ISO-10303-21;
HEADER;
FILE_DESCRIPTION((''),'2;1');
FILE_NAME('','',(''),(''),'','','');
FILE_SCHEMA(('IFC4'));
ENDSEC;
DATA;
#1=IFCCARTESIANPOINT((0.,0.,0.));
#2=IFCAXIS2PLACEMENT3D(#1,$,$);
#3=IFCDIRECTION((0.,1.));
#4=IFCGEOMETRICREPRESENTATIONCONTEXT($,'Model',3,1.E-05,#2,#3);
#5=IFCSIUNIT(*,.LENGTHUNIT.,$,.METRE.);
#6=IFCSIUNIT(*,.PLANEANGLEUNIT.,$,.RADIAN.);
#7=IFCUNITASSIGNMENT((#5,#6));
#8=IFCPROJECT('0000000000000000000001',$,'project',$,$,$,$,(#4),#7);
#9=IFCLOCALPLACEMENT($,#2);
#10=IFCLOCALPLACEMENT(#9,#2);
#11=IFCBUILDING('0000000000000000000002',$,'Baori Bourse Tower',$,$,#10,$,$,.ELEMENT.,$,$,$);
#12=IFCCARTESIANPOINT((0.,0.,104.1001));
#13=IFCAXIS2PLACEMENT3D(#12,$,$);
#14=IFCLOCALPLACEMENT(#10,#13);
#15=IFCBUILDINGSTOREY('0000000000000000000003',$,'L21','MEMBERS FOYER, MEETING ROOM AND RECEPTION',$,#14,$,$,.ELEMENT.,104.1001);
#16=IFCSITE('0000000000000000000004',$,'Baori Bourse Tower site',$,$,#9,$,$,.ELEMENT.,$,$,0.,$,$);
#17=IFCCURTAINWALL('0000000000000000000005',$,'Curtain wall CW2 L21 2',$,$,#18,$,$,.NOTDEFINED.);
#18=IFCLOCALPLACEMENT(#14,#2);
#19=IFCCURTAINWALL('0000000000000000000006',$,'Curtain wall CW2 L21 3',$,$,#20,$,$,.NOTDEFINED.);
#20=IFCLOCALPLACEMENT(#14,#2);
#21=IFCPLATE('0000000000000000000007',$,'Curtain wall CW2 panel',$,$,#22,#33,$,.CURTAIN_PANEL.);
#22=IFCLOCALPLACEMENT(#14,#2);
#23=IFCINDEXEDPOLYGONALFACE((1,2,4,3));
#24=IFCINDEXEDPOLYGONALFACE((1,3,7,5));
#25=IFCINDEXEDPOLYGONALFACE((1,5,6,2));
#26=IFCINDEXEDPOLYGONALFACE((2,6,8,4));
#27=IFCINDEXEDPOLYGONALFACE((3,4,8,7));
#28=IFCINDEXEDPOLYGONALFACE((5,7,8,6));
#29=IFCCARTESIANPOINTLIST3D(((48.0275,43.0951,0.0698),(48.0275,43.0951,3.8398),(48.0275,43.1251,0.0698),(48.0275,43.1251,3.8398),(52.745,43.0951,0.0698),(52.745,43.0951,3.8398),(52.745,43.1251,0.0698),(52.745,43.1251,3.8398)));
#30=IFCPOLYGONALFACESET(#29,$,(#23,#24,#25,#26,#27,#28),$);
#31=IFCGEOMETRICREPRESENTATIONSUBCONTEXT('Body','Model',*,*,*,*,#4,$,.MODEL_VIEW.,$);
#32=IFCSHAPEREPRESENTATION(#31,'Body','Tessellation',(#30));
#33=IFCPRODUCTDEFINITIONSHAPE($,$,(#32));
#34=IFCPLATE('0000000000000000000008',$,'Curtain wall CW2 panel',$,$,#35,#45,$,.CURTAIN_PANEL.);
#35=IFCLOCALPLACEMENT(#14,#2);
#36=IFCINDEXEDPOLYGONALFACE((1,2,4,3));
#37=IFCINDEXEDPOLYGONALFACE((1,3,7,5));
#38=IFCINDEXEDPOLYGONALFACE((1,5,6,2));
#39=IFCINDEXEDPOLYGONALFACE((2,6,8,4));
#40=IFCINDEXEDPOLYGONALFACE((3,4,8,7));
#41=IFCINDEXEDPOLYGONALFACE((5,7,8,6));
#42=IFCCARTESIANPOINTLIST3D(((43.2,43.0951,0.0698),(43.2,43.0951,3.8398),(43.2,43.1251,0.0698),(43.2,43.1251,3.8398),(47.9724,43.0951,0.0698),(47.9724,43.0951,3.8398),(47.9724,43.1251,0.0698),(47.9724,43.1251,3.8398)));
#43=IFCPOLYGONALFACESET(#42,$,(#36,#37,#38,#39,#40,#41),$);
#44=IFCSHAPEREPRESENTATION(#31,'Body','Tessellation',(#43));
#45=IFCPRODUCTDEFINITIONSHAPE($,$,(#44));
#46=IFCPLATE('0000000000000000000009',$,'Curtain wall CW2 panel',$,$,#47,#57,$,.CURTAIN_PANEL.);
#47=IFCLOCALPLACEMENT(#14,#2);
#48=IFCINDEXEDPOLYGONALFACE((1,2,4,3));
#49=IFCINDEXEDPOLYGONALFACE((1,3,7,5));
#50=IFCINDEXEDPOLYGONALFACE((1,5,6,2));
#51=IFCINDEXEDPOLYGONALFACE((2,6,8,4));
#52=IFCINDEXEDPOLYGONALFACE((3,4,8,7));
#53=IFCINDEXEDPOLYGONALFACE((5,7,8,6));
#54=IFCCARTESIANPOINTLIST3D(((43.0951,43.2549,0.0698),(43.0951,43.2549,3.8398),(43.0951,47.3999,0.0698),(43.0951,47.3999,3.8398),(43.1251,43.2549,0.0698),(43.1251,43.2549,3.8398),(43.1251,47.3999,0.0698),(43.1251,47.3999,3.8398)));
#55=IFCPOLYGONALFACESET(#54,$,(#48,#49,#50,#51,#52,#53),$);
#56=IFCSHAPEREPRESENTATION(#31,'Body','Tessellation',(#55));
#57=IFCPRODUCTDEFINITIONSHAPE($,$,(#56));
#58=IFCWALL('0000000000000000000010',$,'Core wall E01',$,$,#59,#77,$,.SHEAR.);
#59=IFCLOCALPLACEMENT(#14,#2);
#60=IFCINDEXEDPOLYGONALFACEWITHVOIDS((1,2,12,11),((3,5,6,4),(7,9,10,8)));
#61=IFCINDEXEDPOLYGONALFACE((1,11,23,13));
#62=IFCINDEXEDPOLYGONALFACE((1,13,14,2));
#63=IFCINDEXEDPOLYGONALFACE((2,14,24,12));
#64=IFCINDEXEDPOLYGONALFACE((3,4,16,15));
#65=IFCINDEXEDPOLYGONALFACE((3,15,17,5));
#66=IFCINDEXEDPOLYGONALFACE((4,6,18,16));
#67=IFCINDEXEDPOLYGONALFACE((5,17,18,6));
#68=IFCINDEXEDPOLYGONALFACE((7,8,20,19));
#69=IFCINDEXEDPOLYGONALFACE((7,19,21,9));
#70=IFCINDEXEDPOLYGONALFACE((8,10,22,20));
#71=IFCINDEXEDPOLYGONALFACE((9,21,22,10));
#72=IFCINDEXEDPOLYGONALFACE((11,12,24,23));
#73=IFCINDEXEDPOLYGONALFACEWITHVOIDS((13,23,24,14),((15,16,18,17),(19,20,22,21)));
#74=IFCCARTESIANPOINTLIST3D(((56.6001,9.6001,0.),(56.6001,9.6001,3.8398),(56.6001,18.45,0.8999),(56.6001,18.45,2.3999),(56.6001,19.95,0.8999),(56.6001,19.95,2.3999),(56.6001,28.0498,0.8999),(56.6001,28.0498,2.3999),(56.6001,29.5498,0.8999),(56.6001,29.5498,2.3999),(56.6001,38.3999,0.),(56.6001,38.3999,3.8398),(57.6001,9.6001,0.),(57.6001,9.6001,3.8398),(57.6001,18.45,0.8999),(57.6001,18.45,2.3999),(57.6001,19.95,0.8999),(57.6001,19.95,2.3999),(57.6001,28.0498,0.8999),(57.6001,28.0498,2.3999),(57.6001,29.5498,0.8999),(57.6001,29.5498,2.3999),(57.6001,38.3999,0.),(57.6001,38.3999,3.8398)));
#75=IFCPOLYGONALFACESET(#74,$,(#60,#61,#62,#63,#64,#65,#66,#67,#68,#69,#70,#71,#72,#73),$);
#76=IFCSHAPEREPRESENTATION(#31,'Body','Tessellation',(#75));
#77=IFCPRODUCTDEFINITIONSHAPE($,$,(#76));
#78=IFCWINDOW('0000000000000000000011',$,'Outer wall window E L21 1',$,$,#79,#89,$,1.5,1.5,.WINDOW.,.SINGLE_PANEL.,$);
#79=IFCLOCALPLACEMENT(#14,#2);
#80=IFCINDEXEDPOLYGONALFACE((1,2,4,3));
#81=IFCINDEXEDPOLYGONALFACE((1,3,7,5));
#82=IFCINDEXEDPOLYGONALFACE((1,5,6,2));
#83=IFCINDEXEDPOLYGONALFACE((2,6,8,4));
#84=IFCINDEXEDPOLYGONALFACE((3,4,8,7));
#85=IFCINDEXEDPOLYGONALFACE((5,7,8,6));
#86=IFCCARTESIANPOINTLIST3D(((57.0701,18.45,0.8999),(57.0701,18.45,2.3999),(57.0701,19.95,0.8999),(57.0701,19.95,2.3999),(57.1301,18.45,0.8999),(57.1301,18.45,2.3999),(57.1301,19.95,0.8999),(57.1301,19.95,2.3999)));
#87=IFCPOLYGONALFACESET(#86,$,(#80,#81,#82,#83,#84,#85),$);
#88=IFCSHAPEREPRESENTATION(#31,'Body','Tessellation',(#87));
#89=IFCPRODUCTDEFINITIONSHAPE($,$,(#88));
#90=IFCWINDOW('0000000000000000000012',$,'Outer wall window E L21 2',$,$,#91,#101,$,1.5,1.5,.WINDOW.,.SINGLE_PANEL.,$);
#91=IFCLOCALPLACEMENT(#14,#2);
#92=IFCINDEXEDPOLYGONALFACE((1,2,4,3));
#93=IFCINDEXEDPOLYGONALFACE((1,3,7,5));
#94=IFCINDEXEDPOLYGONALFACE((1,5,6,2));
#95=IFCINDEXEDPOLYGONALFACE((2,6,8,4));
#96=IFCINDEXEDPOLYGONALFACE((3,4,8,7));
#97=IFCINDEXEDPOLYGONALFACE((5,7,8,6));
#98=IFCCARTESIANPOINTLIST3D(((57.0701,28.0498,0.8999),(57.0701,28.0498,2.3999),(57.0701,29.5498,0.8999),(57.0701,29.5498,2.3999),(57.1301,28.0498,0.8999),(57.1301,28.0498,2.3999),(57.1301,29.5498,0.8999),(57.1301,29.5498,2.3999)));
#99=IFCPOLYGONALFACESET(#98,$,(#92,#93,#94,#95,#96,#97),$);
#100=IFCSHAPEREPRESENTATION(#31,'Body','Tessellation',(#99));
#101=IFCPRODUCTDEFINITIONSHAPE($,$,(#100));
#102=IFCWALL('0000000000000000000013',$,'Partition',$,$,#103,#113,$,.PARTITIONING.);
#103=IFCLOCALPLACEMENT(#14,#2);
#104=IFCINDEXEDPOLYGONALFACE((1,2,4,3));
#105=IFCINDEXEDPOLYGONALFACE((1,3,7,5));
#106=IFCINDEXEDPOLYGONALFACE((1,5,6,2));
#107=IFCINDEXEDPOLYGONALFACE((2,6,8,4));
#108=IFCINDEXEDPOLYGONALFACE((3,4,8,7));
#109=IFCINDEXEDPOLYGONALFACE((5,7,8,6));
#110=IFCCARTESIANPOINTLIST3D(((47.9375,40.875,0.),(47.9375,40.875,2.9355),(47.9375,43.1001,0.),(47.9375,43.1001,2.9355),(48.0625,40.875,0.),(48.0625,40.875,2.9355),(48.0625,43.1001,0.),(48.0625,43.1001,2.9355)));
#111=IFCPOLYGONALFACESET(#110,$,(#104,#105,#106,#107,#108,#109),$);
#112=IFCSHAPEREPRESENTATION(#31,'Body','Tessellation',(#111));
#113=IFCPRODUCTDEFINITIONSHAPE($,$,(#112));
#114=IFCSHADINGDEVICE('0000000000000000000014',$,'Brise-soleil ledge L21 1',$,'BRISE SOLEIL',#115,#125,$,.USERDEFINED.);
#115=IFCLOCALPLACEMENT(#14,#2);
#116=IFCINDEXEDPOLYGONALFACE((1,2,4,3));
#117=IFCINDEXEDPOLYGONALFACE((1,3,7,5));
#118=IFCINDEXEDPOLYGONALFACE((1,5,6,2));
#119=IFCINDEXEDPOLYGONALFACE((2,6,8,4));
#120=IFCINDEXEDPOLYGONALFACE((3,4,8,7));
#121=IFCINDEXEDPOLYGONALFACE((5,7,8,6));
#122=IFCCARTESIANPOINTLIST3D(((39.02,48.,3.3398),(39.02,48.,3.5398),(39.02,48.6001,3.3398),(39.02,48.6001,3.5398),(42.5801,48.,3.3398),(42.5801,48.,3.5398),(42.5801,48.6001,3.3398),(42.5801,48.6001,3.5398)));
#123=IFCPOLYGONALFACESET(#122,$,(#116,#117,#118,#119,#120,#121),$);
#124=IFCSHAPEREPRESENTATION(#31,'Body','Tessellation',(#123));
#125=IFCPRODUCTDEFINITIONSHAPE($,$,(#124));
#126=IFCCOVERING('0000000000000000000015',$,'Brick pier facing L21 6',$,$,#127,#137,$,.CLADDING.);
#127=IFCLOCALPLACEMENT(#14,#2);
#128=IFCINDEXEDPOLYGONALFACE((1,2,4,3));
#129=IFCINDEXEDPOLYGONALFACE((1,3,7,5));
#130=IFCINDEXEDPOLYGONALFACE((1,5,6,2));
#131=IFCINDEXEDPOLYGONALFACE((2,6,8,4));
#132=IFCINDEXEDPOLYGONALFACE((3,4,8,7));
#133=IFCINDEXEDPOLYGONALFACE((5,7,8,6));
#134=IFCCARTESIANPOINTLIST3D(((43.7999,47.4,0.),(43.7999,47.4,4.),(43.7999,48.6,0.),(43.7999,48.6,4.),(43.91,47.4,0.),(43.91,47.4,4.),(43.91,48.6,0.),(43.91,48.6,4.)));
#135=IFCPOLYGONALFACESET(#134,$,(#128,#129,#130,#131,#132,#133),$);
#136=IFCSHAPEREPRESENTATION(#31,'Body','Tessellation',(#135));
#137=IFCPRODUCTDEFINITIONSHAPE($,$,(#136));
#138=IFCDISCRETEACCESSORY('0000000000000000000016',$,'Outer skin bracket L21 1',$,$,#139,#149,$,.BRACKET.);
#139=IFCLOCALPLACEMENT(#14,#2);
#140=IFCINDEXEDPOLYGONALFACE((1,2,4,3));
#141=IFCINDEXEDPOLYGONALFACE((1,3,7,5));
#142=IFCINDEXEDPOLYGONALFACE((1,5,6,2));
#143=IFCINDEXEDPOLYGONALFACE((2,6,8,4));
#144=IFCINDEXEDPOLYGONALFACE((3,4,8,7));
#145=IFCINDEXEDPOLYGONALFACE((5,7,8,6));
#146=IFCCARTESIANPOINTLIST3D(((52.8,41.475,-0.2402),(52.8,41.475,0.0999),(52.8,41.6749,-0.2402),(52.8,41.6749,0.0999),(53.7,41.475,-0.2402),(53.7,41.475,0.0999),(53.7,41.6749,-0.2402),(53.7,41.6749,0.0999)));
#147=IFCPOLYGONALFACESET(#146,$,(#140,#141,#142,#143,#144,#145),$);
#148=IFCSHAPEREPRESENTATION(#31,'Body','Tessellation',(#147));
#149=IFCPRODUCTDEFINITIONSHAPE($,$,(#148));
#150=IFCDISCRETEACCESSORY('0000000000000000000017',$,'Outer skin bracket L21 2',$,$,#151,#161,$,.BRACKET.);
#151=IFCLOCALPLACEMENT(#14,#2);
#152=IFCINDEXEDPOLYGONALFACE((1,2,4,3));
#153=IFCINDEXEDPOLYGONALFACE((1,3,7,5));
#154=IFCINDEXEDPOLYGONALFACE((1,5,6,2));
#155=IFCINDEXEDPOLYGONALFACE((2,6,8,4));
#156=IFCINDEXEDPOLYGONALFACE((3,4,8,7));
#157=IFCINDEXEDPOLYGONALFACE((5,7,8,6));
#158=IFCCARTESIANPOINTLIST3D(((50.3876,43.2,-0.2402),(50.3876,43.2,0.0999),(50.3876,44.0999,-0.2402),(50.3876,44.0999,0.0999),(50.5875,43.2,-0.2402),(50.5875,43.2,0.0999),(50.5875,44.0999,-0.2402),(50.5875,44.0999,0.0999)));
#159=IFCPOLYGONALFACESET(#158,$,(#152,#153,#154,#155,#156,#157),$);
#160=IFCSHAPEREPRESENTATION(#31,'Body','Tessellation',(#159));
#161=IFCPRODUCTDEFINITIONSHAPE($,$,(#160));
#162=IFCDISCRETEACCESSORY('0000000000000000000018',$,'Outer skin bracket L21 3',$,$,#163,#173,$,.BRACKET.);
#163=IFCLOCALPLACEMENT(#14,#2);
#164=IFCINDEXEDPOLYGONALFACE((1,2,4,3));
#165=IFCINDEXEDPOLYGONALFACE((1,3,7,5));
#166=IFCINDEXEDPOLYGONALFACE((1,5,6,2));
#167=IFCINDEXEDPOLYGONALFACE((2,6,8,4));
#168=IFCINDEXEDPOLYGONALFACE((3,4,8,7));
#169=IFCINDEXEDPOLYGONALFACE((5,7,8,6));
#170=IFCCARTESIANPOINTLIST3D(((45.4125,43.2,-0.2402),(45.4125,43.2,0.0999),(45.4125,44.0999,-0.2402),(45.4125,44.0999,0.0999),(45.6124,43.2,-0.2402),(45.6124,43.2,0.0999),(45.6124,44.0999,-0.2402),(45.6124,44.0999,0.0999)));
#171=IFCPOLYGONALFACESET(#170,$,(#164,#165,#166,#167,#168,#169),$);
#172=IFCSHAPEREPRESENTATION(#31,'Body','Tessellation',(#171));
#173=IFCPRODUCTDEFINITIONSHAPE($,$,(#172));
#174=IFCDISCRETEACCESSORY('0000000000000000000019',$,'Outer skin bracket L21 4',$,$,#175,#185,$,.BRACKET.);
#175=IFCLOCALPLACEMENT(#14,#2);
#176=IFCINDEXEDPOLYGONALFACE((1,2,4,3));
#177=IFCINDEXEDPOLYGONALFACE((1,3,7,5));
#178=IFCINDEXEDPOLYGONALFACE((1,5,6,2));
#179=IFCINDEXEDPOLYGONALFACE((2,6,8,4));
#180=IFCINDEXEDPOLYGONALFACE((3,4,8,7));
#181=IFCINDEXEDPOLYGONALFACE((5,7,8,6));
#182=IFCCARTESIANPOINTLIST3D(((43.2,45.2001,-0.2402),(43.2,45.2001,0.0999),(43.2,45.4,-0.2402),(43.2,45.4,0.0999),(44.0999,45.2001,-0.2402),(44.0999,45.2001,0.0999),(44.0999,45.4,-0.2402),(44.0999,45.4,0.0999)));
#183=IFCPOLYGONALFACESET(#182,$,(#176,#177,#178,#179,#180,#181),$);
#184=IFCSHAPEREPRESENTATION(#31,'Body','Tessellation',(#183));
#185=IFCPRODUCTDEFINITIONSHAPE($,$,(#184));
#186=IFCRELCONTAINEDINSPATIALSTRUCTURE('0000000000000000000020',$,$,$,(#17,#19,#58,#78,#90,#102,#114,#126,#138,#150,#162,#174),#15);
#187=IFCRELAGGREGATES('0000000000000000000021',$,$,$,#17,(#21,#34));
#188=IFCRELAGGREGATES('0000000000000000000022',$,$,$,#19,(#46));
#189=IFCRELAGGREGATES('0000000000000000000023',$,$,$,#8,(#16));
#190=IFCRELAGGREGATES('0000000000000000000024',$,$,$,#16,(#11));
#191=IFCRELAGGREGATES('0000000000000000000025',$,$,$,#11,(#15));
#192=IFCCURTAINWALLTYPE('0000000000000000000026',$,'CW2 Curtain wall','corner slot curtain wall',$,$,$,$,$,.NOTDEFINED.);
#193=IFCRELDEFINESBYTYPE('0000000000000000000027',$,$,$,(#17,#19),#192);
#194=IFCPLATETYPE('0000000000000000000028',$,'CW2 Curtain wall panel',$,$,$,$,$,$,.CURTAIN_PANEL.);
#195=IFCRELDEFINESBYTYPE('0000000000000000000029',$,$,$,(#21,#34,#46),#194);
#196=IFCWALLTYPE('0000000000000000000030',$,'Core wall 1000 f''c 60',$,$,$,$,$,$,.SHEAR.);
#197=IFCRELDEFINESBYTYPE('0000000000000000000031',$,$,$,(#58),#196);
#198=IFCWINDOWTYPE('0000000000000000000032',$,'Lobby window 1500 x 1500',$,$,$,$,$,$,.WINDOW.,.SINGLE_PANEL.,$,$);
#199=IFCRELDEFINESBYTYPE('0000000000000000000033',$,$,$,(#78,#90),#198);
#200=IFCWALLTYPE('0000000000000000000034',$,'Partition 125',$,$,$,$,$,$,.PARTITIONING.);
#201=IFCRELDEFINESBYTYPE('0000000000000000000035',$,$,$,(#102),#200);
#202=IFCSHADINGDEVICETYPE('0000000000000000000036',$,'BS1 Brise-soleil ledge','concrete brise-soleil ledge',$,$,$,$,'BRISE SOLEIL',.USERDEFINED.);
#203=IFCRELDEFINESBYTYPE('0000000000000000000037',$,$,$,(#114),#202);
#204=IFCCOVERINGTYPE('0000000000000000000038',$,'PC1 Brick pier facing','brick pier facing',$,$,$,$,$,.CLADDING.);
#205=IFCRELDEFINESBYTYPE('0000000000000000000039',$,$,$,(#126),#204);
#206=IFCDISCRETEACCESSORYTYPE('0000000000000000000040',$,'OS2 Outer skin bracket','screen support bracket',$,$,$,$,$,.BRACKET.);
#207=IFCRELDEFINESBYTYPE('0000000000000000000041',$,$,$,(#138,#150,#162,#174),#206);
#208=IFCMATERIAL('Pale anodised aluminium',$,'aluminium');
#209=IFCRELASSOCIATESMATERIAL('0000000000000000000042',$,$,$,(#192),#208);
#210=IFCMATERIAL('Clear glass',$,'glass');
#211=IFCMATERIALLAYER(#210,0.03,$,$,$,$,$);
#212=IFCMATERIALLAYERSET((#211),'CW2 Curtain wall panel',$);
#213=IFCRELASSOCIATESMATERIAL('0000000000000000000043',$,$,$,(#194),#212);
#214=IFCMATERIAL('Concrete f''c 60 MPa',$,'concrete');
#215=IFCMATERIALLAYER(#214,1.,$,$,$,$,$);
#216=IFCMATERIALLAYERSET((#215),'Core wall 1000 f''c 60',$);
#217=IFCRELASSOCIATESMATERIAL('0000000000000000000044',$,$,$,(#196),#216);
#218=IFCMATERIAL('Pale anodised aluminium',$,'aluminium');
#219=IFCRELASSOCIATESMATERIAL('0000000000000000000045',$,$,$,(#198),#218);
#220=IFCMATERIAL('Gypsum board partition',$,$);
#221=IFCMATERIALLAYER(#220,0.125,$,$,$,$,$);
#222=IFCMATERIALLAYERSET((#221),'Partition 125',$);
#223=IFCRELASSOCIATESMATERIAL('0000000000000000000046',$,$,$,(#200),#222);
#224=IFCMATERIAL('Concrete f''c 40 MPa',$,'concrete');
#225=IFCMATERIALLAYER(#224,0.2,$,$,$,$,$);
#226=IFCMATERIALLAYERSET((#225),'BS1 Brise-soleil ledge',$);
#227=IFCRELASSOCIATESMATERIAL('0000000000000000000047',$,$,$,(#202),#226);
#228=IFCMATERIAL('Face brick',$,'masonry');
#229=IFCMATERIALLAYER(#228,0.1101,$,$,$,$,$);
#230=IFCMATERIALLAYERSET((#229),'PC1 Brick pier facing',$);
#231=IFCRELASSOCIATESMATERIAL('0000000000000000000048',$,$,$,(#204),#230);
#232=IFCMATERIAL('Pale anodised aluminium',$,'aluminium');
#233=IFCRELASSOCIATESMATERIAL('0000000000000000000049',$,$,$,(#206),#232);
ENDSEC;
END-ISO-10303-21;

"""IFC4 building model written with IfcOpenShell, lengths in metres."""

from ifc_helpers import new_model, si_unit, direction, frame, frame_2d, origin, origin_2d, place, context, subcontext, project, spatial, rectangle, extrude, material, layer, layer_set, type_object, element, fill, aggregate, save


model = new_model("IFC4")

# Units and contexts
model_context = context("Model", 3, precision=1e-05, world=origin(), true_north=direction((0.0, 1.0)))
body_context = subcontext(model_context, "Body", "Model", "MODEL_VIEW")
ifc_project = project(units=[si_unit("LENGTHUNIT", "METRE"), si_unit("PLANEANGLEUNIT", "RADIAN")], contexts=[model_context])

# Site, building, storey
site_placement = place(None, origin())
site = spatial("IfcSite", under=ifc_project, at=site_placement, Name="Baori Bourse Tower site", CompositionType="ELEMENT", RefElevation=0.0)
building_placement = place(site_placement, origin())
building = spatial("IfcBuilding", under=site, at=building_placement, Name="Baori Bourse Tower", CompositionType="ELEMENT")
storey_placement = place(building_placement, frame((0.0, 0.0, 104.1001)))
storey = spatial("IfcBuildingStorey", under=building, at=storey_placement, Name="L21", Description="MEMBERS FOYER, MEETING ROOM AND RECEPTION", CompositionType="ELEMENT", Elevation=104.1001)

# Curtain wall
ifc_material_1 = material(Name="Pale anodised aluminium", Category="aluminium")
curtain_wall_type_1 = type_object("IfcCurtainWallType", Name="CW2 Curtain wall", Description="corner slot curtain wall", PredefinedType="NOTDEFINED", material=ifc_material_1)
curtain_wall_1_placement = place(storey_placement, origin())
curtain_wall_1 = element("IfcCurtainWall", 1, at=curtain_wall_1_placement, inside=storey, type_object=curtain_wall_type_1, Name="Curtain wall CW2 L21 2", PredefinedType="NOTDEFINED")

# Curtain wall
curtain_wall_2_placement = place(storey_placement, origin())
curtain_wall_2 = element("IfcCurtainWall", 2, at=curtain_wall_2_placement, inside=storey, type_object=curtain_wall_type_1, Name="Curtain wall CW2 L21 3", PredefinedType="NOTDEFINED")

# Shared definitions
ifc_material_2 = material(Name="Clear glass", Category="glass")
ifc_layer_1 = layer(ifc_material_2, 0.03)
ifc_layer_set_1 = layer_set([ifc_layer_1], Name="CW2 Curtain wall panel")
plate_type = type_object("IfcPlateType", Name="CW2 Curtain wall panel", PredefinedType="CURTAIN_PANEL", material=ifc_layer_set_1)

# Plates
plate_1_placement = place(storey_placement, frame((50.3862, 43.1101, 0.0698), z_axis=(0.0, 0.0, 1.0), x_axis=(-1.0, 0.0, 0.0)))
plate_1 = element("IfcPlate", 3, at=plate_1_placement, type_object=plate_type, Name="Curtain wall CW2 panel", PredefinedType="CURTAIN_PANEL", context=body_context, shape_type="SweptSolid", body=[
    extrude(rectangle(XDim=4.7175, YDim=0.03, at=origin_2d()), origin(), (0.0, 0.0, 1.0), 3.77),
])
plate_2_placement = place(storey_placement, frame((45.5862, 43.1101, 0.0698), z_axis=(0.0, 0.0, 1.0), x_axis=(-1.0, 0.0, 0.0)))
plate_2 = element("IfcPlate", 4, at=plate_2_placement, type_object=plate_type, Name="Curtain wall CW2 panel", PredefinedType="CURTAIN_PANEL", context=body_context, shape_type="SweptSolid", body=[
    extrude(rectangle(XDim=4.7725, YDim=0.03, at=origin_2d()), origin(), (0.0, 0.0, 1.0), 3.77),
])
aggregate(curtain_wall_1, [plate_1, plate_2])
plate_3_placement = place(storey_placement, frame((43.1101, 45.3274, 0.0698), z_axis=(0.0, 0.0, 1.0), x_axis=(0.0, 1.0, 0.0)))
plate_3 = element("IfcPlate", 5, at=plate_3_placement, type_object=plate_type, Name="Curtain wall CW2 panel", PredefinedType="CURTAIN_PANEL", context=body_context, shape_type="SweptSolid", body=[
    extrude(rectangle(XDim=4.145, YDim=0.03, at=origin_2d()), origin(), (0.0, 0.0, 1.0), 3.77),
])
aggregate(curtain_wall_2, [plate_3])

# Wall, openings, windows
ifc_material_3 = material(Name="Concrete f'c 60 MPa", Category="concrete")
ifc_layer_2 = layer(ifc_material_3, 1.0)
ifc_layer_set_2 = layer_set([ifc_layer_2], Name="Core wall 1000 f'c 60")
wall_type_1 = type_object("IfcWallType", Name="Core wall 1000 f'c 60", PredefinedType="SHEAR", material=ifc_layer_set_2)
wall_1_placement = place(storey_placement, frame((57.1001, 38.3999, 0.0), z_axis=(0.0, 0.0, 1.0), x_axis=(0.0, -1.0, 0.0)))
wall_1 = element("IfcWall", 6, at=wall_1_placement, inside=storey, type_object=wall_type_1, Name="Core wall E01", PredefinedType="SHEAR", context=body_context, shape_type="SweptSolid", body=[
    extrude(rectangle(XDim=28.7998, YDim=1.0, at=frame_2d((14.3999, 0.0))), origin(), (0.0, 0.0, 1.0), 3.8398),
])
opening_1_placement = place(wall_1_placement, frame((18.45, 0.0, 0.8999)))
opening_1 = element("IfcOpeningElement", 7, at=opening_1_placement, cuts=wall_1, PredefinedType="OPENING", context=body_context, shape_type="SweptSolid", body=[
    extrude(rectangle(XDim=1.5, YDim=1.5, at=frame_2d((0.75, 0.75))), frame((0.0, 0.51, 0.0), z_axis=(0.0, -1.0, 0.0), x_axis=(1.0, 0.0, 0.0)), (0.0, 0.0, 1.0), 1.02),
])
opening_2_placement = place(wall_1_placement, frame((8.8501, 0.0, 0.8999)))
opening_2 = element("IfcOpeningElement", 8, at=opening_2_placement, cuts=wall_1, PredefinedType="OPENING", context=body_context, shape_type="SweptSolid", body=[
    extrude(rectangle(XDim=1.5, YDim=1.5, at=frame_2d((0.75, 0.75))), frame((0.0, 0.51, 0.0), z_axis=(0.0, -1.0, 0.0), x_axis=(1.0, 0.0, 0.0)), (0.0, 0.0, 1.0), 1.02),
])
ifc_material_4 = material(Name="Pale anodised aluminium", Category="aluminium")
window_type = type_object("IfcWindowType", Name="Lobby window 1500 x 1500", PartitioningType="SINGLE_PANEL", PredefinedType="WINDOW", material=ifc_material_4)
window_1_placement = place(opening_1_placement, origin())
window_1 = element("IfcWindow", 9, at=window_1_placement, inside=storey, type_object=window_type, Name="Outer wall window E L21 1", OverallHeight=1.5, OverallWidth=1.5, PartitioningType="SINGLE_PANEL", PredefinedType="WINDOW", context=body_context, shape_type="SweptSolid", body=[
    extrude(rectangle(XDim=1.5, YDim=1.5, at=frame_2d((0.75, 0.75))), frame((0.0, 0.03, 0.0), z_axis=(0.0, -1.0, 0.0), x_axis=(1.0, 0.0, 0.0)), (0.0, 0.0, 1.0), 0.0601),
])
fill(opening_1, window_1)
window_2_placement = place(opening_2_placement, origin())
window_2 = element("IfcWindow", 10, at=window_2_placement, inside=storey, type_object=window_type, Name="Outer wall window E L21 2", OverallHeight=1.5, OverallWidth=1.5, PartitioningType="SINGLE_PANEL", PredefinedType="WINDOW", context=body_context, shape_type="SweptSolid", body=[
    extrude(rectangle(XDim=1.5, YDim=1.5, at=frame_2d((0.75, 0.75))), frame((0.0, 0.03, 0.0), z_axis=(0.0, -1.0, 0.0), x_axis=(1.0, 0.0, 0.0)), (0.0, 0.0, 1.0), 0.0601),
])
fill(opening_2, window_2)

# Wall
ifc_material_5 = material(Name="Gypsum board partition")
ifc_layer_3 = layer(ifc_material_5, 0.125)
ifc_layer_set_3 = layer_set([ifc_layer_3], Name="Partition 125")
wall_type_2 = type_object("IfcWallType", Name="Partition 125", PredefinedType="PARTITIONING", material=ifc_layer_set_3)
wall_2_placement = place(storey_placement, frame((48.0, 40.875, 0.0), z_axis=(0.0, 0.0, 1.0), x_axis=(0.0, 1.0, 0.0)))
element("IfcWall", 11, at=wall_2_placement, inside=storey, type_object=wall_type_2, Name="Partition", PredefinedType="PARTITIONING", context=body_context, shape_type="SweptSolid", body=[
    extrude(rectangle(XDim=2.2251, YDim=0.125, at=frame_2d((1.1125, 0.0))), origin(), (0.0, 0.0, 1.0), 2.9355),
])

# Shading device
ifc_material_6 = material(Name="Concrete f'c 40 MPa", Category="concrete")
ifc_layer_4 = layer(ifc_material_6, 0.2)
ifc_layer_set_4 = layer_set([ifc_layer_4], Name="BS1 Brise-soleil ledge")
shading_device_type = type_object("IfcShadingDeviceType", Name="BS1 Brise-soleil ledge", Description="concrete brise-soleil ledge", ElementType="BRISE SOLEIL", PredefinedType="USERDEFINED", material=ifc_layer_set_4)
shading_device_placement = place(storey_placement, frame((40.8, 48.3, 3.3398), z_axis=(0.0, 0.0, 1.0), x_axis=(-1.0, 0.0, 0.0)))
element("IfcShadingDevice", 12, at=shading_device_placement, inside=storey, type_object=shading_device_type, Name="Brise-soleil ledge L21 1", ObjectType="BRISE SOLEIL", PredefinedType="USERDEFINED", context=body_context, shape_type="SweptSolid", body=[
    extrude(rectangle(XDim=3.5601, YDim=0.6001, at=origin_2d()), origin(), (0.0, 0.0, 1.0), 0.2),
])

# Covering
ifc_material_7 = material(Name="Face brick", Category="masonry")
ifc_layer_5 = layer(ifc_material_7, 0.1101)
ifc_layer_set_5 = layer_set([ifc_layer_5], Name="PC1 Brick pier facing")
covering_type = type_object("IfcCoveringType", Name="PC1 Brick pier facing", Description="brick pier facing", PredefinedType="CLADDING", material=ifc_layer_set_5)
covering_placement = place(storey_placement, frame((43.855, 48.0, 0.0), z_axis=(0.0, 0.0, 1.0), x_axis=(1.0, 0.0, 0.0)))
element("IfcCovering", 13, at=covering_placement, inside=storey, type_object=covering_type, Name="Brick pier facing L21 6", PredefinedType="CLADDING", context=body_context, shape_type="SweptSolid", body=[
    extrude(rectangle(XDim=0.1101, YDim=1.2, at=origin_2d()), origin(), (0.0, 0.0, 1.0), 4.0),
])

# Discrete accessories
ifc_material_8 = material(Name="Pale anodised aluminium", Category="aluminium")
discrete_accessory_type = type_object("IfcDiscreteAccessoryType", Name="OS2 Outer skin bracket", Description="screen support bracket", PredefinedType="BRACKET", material=ifc_material_8)
for number, where, z_axis, x_axis, name in (
    (14, (53.25, 41.575, -0.2402), (0.0, 0.0, 1.0), (0.0, 1.0, 0.0), "Outer skin bracket L21 1"),
    (15, (50.4875, 43.6499, -0.2402), (0.0, 0.0, 1.0), (-1.0, 0.0, 0.0), "Outer skin bracket L21 2"),
    (16, (45.5125, 43.6499, -0.2402), (0.0, 0.0, 1.0), (-1.0, 0.0, 0.0), "Outer skin bracket L21 3"),
    (17, (43.6499, 45.3, -0.2402), (0.0, 0.0, 1.0), (0.0, 1.0, 0.0), "Outer skin bracket L21 4"),
):
    element("IfcDiscreteAccessory", number, at=place(storey_placement, frame(where, z_axis=z_axis, x_axis=x_axis)), inside=storey, type_object=discrete_accessory_type, Name=name, PredefinedType="BRACKET", context=body_context, shape_type="SweptSolid", body=[
        extrude(rectangle(XDim=0.2, YDim=0.8999, at=origin_2d()), origin(), (0.0, 0.0, 1.0), 0.3401),
    ])

save(model, "model.ifc")
